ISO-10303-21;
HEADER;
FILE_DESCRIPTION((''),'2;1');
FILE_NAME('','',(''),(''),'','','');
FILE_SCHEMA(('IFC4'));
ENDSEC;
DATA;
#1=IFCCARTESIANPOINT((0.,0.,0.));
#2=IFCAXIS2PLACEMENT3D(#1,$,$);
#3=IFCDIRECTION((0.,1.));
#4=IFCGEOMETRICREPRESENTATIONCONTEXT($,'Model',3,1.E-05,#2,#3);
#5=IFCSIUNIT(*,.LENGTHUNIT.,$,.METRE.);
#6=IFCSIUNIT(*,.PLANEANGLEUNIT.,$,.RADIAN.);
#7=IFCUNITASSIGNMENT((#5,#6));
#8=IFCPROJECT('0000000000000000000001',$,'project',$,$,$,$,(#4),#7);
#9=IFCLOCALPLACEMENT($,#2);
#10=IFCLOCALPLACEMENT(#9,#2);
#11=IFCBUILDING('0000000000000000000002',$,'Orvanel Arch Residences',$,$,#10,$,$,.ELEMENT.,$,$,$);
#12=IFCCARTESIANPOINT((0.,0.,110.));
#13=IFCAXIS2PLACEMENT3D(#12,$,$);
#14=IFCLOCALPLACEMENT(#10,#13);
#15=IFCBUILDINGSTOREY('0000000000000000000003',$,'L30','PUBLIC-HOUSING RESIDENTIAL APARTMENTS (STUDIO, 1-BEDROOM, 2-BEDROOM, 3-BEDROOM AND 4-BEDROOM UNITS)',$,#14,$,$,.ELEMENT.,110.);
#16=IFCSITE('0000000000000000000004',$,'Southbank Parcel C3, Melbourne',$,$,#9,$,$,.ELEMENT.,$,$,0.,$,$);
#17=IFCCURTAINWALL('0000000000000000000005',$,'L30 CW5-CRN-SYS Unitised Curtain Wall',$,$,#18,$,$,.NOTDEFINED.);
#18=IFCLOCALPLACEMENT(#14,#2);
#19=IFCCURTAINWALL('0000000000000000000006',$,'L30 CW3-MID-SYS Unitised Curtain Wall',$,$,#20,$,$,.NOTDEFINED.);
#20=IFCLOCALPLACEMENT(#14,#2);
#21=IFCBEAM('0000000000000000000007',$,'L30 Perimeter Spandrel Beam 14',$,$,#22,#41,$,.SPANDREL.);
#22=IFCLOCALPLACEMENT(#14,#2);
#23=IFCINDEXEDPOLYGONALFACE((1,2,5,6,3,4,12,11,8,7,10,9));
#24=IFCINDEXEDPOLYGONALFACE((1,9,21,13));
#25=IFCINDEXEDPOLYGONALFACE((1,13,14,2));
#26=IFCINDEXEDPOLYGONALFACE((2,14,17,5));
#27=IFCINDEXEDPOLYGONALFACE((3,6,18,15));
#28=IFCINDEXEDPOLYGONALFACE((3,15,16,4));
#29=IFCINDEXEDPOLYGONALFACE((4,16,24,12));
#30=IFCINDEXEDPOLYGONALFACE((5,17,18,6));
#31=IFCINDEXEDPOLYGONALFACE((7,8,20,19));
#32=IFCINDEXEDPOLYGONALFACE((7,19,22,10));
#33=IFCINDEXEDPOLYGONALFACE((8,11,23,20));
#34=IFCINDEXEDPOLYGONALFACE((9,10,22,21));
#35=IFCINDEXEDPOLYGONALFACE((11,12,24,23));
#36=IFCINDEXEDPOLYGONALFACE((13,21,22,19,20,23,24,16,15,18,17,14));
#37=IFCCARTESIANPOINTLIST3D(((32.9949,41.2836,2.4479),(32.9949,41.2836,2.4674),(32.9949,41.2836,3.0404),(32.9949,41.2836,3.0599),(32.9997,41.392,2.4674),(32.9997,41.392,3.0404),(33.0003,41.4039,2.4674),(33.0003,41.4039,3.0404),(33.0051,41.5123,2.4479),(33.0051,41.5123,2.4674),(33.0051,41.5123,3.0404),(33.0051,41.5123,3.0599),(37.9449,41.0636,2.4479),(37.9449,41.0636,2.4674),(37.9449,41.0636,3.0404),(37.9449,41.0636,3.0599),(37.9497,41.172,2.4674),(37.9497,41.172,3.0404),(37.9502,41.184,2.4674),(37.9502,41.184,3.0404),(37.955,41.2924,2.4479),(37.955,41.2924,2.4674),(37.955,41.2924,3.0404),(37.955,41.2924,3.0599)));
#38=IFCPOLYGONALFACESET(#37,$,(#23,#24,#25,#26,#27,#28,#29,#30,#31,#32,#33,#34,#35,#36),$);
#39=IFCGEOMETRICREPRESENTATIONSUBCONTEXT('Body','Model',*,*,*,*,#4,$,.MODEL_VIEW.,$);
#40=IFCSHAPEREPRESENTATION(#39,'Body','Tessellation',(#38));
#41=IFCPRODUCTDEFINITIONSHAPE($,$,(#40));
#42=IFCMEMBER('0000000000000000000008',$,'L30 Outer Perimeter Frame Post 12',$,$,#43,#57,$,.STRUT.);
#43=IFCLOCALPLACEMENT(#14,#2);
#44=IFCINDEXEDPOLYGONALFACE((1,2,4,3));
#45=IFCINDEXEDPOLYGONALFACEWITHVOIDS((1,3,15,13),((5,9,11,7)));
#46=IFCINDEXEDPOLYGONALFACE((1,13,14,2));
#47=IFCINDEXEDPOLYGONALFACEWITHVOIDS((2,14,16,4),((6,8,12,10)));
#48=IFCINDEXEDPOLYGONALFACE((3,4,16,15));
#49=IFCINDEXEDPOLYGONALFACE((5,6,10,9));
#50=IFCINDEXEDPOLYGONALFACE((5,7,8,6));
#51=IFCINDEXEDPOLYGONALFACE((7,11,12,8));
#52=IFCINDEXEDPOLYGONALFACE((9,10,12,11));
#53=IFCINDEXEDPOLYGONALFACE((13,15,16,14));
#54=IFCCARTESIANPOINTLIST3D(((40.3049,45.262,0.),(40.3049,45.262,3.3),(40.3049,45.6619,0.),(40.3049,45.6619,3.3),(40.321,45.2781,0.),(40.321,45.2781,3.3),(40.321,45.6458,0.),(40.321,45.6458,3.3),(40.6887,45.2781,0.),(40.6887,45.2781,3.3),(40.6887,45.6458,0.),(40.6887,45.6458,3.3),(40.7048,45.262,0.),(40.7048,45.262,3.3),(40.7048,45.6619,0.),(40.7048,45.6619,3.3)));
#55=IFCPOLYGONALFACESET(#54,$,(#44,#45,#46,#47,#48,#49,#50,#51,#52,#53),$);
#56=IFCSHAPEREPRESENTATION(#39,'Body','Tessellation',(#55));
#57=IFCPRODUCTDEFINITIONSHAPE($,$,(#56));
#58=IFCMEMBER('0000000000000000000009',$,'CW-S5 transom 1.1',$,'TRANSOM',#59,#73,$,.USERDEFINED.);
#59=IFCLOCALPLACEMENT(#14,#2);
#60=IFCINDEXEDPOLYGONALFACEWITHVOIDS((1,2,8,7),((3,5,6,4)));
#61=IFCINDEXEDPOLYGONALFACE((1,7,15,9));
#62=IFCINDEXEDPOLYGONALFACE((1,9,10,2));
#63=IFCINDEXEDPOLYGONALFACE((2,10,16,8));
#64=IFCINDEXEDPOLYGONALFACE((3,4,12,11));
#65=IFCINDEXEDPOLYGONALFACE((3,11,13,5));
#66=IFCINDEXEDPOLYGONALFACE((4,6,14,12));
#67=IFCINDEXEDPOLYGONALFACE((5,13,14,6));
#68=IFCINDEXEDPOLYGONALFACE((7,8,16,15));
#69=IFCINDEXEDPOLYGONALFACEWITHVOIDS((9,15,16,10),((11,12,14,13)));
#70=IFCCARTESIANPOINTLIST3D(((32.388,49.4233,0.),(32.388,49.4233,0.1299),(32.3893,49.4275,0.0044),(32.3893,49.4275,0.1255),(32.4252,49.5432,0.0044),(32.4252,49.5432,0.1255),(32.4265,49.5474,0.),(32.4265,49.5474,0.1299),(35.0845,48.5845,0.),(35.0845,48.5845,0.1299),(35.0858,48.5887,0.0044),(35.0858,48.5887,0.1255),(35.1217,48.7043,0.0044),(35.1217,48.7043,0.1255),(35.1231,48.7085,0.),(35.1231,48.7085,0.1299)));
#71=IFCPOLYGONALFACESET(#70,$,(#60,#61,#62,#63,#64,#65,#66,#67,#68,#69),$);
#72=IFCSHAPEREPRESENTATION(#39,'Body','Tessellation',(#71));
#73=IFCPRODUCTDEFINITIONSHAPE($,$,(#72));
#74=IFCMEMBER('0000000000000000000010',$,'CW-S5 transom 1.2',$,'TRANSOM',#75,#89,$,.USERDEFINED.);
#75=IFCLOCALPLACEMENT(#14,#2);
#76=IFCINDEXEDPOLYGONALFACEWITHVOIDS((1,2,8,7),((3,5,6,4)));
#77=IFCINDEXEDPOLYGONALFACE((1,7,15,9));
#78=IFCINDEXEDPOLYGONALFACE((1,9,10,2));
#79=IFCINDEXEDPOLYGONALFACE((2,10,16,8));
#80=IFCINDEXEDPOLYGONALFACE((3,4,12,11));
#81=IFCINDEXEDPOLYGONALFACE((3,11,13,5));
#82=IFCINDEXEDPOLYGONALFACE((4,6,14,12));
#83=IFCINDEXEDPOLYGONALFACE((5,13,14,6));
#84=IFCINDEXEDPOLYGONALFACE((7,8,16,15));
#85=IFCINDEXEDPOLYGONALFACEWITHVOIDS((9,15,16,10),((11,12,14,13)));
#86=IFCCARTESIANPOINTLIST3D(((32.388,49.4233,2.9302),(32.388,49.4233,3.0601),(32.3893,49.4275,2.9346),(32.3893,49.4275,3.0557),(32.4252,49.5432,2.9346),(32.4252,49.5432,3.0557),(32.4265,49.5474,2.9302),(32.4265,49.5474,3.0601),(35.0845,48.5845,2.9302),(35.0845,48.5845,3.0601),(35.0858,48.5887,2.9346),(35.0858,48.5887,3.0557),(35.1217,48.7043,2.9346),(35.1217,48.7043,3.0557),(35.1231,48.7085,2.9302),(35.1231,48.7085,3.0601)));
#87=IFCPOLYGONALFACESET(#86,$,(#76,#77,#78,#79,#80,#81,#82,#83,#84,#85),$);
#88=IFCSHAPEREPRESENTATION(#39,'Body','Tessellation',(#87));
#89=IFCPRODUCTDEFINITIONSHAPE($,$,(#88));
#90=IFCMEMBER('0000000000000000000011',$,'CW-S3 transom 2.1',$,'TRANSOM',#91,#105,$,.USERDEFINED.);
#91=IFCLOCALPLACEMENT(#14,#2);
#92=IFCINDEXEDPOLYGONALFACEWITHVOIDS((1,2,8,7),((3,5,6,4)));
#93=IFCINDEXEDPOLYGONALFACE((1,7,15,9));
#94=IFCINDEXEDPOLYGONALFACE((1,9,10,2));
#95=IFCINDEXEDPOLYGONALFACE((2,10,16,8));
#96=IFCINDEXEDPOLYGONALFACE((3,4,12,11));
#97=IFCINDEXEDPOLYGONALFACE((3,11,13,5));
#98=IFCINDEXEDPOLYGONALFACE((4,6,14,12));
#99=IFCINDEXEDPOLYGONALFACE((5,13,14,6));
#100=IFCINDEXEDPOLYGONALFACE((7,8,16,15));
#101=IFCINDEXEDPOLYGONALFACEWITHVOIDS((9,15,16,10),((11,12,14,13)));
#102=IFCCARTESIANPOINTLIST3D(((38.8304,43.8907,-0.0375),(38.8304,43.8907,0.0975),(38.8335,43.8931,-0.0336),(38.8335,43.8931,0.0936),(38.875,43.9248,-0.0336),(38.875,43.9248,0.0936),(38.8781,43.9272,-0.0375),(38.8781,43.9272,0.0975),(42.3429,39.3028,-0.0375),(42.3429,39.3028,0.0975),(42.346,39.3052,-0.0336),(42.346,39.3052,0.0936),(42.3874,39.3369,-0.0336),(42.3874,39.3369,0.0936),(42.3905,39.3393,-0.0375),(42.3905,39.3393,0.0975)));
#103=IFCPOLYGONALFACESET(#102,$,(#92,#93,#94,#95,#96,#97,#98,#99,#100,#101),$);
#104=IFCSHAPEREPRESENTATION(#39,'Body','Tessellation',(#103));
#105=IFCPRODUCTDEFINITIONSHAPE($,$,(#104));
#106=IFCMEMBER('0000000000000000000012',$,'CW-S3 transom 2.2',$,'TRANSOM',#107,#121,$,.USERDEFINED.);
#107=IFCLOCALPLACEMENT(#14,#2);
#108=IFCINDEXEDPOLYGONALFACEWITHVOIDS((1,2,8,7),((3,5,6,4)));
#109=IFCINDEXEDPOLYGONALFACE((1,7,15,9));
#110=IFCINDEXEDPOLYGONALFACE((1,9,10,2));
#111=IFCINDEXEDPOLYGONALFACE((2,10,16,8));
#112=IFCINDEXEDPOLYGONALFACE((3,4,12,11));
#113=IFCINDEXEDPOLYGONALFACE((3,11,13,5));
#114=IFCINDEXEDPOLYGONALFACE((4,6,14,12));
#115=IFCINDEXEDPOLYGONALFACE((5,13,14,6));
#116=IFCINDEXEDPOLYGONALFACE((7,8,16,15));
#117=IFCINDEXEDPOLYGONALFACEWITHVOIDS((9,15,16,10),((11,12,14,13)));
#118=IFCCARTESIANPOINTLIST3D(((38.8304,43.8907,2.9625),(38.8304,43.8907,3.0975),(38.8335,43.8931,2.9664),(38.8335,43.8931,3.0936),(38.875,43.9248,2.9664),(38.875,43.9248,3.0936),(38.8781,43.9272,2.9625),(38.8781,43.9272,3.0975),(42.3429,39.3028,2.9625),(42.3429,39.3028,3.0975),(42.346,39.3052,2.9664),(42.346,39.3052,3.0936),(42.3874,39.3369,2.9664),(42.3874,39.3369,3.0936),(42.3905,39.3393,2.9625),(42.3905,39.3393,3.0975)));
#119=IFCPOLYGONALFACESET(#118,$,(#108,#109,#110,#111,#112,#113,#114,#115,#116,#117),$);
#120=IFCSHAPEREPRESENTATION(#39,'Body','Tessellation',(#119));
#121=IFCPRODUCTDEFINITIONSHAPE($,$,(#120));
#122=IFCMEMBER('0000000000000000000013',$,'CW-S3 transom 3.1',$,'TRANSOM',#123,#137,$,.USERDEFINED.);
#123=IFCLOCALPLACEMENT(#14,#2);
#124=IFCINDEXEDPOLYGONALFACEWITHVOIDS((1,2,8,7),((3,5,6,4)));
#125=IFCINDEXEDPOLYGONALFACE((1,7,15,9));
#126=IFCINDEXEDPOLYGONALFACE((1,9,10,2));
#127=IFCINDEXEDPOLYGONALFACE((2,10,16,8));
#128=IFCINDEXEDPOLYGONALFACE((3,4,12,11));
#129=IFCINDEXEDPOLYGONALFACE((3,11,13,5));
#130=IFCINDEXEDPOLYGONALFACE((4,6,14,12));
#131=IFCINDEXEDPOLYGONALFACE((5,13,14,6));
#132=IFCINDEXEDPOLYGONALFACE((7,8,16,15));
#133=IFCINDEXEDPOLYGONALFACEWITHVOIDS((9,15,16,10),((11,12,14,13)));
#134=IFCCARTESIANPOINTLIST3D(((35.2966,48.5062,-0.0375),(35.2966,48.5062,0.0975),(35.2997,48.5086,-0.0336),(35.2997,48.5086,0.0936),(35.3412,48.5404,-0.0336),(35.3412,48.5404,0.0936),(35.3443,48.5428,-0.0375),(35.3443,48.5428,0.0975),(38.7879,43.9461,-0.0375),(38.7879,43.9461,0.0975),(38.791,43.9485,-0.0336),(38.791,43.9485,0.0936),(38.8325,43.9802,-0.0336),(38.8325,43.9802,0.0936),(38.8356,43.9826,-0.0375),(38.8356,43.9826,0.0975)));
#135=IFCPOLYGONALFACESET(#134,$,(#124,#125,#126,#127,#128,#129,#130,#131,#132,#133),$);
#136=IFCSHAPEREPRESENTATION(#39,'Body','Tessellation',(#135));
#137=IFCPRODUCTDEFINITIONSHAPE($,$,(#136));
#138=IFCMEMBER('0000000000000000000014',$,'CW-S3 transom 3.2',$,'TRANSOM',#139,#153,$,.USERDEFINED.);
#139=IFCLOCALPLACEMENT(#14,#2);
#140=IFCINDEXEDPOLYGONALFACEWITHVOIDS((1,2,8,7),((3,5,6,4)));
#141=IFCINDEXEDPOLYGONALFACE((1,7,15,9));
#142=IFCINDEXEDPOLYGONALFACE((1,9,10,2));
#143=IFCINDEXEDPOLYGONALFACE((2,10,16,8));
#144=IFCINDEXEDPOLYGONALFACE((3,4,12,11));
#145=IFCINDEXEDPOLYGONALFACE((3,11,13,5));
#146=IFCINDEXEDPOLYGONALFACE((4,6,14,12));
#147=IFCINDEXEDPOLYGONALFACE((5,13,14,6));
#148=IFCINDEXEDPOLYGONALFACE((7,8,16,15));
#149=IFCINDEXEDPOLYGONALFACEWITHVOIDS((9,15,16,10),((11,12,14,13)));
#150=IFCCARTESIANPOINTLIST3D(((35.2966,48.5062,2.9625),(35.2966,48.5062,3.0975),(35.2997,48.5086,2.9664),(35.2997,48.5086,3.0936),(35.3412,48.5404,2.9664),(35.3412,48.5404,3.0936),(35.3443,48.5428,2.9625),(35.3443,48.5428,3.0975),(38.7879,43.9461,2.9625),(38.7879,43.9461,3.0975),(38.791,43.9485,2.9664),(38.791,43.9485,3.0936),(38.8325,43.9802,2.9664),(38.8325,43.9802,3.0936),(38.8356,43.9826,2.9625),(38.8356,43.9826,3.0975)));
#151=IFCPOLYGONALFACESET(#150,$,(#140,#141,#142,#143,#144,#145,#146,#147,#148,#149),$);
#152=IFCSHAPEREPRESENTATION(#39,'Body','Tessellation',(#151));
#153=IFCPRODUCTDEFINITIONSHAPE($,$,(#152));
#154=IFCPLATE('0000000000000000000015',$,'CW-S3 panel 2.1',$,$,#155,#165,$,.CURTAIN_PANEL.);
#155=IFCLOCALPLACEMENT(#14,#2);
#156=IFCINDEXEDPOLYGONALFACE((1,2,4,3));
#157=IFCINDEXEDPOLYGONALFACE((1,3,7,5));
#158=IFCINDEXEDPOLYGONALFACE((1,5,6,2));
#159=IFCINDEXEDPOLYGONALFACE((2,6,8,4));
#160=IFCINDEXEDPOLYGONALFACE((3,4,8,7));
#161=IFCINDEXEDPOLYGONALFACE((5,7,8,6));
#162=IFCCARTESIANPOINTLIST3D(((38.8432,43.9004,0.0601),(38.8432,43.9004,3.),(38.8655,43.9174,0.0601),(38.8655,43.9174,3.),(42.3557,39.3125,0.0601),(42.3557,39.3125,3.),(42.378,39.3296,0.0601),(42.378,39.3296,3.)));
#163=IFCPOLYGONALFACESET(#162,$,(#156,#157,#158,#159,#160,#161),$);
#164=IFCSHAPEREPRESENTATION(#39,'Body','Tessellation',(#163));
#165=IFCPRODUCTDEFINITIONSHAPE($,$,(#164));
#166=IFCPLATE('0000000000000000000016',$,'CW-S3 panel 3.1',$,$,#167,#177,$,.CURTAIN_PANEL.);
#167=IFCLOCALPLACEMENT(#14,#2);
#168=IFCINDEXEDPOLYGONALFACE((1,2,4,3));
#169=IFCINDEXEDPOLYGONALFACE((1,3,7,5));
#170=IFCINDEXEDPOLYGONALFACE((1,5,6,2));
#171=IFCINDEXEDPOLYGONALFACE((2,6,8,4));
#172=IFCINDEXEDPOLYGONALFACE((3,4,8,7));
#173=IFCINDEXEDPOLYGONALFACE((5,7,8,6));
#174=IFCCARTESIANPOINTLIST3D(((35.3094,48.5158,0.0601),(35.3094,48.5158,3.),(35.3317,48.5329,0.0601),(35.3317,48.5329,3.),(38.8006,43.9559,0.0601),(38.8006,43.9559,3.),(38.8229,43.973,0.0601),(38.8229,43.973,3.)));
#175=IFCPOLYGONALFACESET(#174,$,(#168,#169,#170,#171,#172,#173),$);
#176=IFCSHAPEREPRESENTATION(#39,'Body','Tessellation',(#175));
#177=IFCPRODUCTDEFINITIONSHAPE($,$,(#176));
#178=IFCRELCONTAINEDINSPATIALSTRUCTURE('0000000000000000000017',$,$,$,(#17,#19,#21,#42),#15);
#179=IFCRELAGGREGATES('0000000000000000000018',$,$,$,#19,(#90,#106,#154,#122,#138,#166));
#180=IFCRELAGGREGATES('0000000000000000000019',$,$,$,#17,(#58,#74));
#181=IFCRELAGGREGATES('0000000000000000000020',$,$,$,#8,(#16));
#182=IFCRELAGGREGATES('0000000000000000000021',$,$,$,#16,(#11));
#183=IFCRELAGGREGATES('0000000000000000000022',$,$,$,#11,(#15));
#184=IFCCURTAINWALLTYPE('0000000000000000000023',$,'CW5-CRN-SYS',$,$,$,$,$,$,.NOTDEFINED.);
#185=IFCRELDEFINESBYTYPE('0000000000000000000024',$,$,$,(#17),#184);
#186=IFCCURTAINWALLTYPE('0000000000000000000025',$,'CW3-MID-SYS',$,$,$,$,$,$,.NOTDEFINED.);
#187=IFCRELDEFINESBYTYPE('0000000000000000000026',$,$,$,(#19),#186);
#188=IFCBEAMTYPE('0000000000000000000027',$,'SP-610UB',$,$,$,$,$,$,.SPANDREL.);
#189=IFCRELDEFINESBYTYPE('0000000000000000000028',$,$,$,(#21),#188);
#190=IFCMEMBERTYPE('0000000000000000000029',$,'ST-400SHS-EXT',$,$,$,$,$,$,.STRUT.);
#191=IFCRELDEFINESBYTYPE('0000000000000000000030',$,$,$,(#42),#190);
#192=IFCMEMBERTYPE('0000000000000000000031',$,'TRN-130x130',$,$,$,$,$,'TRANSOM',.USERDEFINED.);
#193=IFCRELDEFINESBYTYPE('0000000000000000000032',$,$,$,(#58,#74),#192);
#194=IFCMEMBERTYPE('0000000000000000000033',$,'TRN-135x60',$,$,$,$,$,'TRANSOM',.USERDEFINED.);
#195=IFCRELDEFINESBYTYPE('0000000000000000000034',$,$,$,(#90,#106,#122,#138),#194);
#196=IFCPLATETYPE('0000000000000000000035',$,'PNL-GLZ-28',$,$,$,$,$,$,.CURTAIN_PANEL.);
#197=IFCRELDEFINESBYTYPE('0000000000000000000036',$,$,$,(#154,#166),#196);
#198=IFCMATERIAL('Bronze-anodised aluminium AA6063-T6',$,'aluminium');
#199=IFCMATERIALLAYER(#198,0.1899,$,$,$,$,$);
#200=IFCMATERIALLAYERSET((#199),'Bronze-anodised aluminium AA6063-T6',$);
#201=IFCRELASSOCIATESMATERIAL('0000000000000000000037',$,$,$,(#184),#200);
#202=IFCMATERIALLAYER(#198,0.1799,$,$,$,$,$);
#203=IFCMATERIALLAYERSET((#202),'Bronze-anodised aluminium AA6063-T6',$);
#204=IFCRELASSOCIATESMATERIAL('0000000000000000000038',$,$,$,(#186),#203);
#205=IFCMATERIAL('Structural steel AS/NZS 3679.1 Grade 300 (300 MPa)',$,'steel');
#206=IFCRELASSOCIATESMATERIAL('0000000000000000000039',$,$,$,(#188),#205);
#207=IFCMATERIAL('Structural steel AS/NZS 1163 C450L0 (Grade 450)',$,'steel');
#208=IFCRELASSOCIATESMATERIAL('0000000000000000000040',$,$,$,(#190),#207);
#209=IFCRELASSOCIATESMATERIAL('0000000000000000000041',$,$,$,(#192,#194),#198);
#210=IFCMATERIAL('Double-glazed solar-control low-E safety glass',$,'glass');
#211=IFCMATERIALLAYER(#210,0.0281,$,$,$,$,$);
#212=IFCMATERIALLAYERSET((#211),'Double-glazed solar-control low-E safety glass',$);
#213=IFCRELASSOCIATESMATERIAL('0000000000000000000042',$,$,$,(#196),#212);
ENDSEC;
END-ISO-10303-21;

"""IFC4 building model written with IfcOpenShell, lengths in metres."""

from ifc_helpers import new_model, si_unit, direction, frame, origin, origin_2d, place, context, subcontext, project, spatial, rectangle, hollow_rectangle, i_section, extrude, material, layer, layer_set, material_profile, profile_set, type_object, element, aggregate, save


model = new_model("IFC4")

# Units and contexts
model_context = context("Model", 3, precision=1e-05, world=origin(), true_north=direction((0.0, 1.0)))
body_context = subcontext(model_context, "Body", "Model", "MODEL_VIEW")
ifc_project = project(units=[si_unit("LENGTHUNIT", "METRE"), si_unit("PLANEANGLEUNIT", "RADIAN")], contexts=[model_context])

# Site, building, storey
site_placement = place(None, origin())
site = spatial("IfcSite", under=ifc_project, at=site_placement, Name="Southbank Parcel C3, Melbourne", CompositionType="ELEMENT", RefElevation=0.0)
building_placement = place(site_placement, origin())
building = spatial("IfcBuilding", under=site, at=building_placement, Name="Orvanel Arch Residences", CompositionType="ELEMENT")
storey_placement = place(building_placement, frame((0.0, 0.0, 110.0)))
storey = spatial("IfcBuildingStorey", under=building, at=storey_placement, Name="L30", Description="PUBLIC-HOUSING RESIDENTIAL APARTMENTS (STUDIO, 1-BEDROOM, 2-BEDROOM, 3-BEDROOM AND 4-BEDROOM UNITS)", CompositionType="ELEMENT", Elevation=110.0)

# Shared definitions
ifc_material_1 = material(Name="Structural steel AS/NZS 3679.1 Grade 300 (300 MPa)", Category="steel")

# Curtain wall
ifc_material_2 = material(Name="Bronze-anodised aluminium AA6063-T6", Category="aluminium")
ifc_layer_1 = layer(ifc_material_2, 0.1899)
ifc_layer_set_1 = layer_set([ifc_layer_1], Name="Bronze-anodised aluminium AA6063-T6")
curtain_wall_type_1 = type_object("IfcCurtainWallType", Name="CW5-CRN-SYS", PredefinedType="NOTDEFINED", material=ifc_layer_set_1)
curtain_wall_1_placement = place(storey_placement, origin())
curtain_wall_1 = element("IfcCurtainWall", 1, at=curtain_wall_1_placement, inside=storey, type_object=curtain_wall_type_1, Name="L30 CW5-CRN-SYS Unitised Curtain Wall", PredefinedType="NOTDEFINED")

# Curtain wall
ifc_layer_2 = layer(ifc_material_2, 0.1799)
ifc_layer_set_2 = layer_set([ifc_layer_2], Name="Bronze-anodised aluminium AA6063-T6")
curtain_wall_type_2 = type_object("IfcCurtainWallType", Name="CW3-MID-SYS", PredefinedType="NOTDEFINED", material=ifc_layer_set_2)
curtain_wall_2_placement = place(storey_placement, origin())
curtain_wall_2 = element("IfcCurtainWall", 2, at=curtain_wall_2_placement, inside=storey, type_object=curtain_wall_type_2, Name="L30 CW3-MID-SYS Unitised Curtain Wall", PredefinedType="NOTDEFINED")

# Beam
ifc_material_profile_1 = material_profile(ifc_material_1, i_section(OverallWidth=0.229, OverallDepth=0.6121, WebThickness=0.012, FlangeThickness=0.0195, at=origin_2d()), Name="610UB125")
ifc_profile_set_1 = profile_set([ifc_material_profile_1], Name="Structural steel AS/NZS 3679.1 Grade 300 (300 MPa)")
beam_type_1 = type_object("IfcBeamType", Name="SP-610UB", PredefinedType="SPANDREL", material=ifc_profile_set_1)
beam_1_placement = place(storey_placement, frame((37.95, 41.178, 2.7539), z_axis=(-0.999014, 0.044395, 0.0), x_axis=(-0.044395, -0.999014, 0.0)))
element("IfcBeam", 3, at=beam_1_placement, inside=storey, type_object=beam_type_1, Name="L30 Perimeter Spandrel Beam 14", PredefinedType="SPANDREL", context=body_context, shape_type="SweptSolid", body=[
    extrude(i_section(OverallWidth=0.229, OverallDepth=0.6121, WebThickness=0.012, FlangeThickness=0.0195, at=origin_2d()), origin(), (0.0, 0.0, 1.0), 4.9548),
])

# Members
ifc_material_3 = material(Name="Structural steel AS/NZS 1163 C450L0 (Grade 450)", Category="steel")
ifc_material_profile_2 = material_profile(ifc_material_3, hollow_rectangle(XDim=0.3999, YDim=0.3999, WallThickness=0.0161, at=origin_2d()), Name="SHS400x400x16")
ifc_profile_set_2 = profile_set([ifc_material_profile_2], Name="Structural steel AS/NZS 1163 C450L0 (Grade 450)")
member_type_1 = type_object("IfcMemberType", Name="ST-400SHS-EXT", PredefinedType="STRUT", material=ifc_profile_set_2)
member_1_placement = place(storey_placement, frame((40.5049, 45.4619, 0.0), z_axis=(0.0, 0.0, 1.0), x_axis=(1.0, 0.0, 0.0)))
element("IfcMember", 4, at=member_1_placement, inside=storey, type_object=member_type_1, Name="L30 Outer Perimeter Frame Post 12", PredefinedType="STRUT", context=body_context, shape_type="SweptSolid", body=[
    extrude(hollow_rectangle(XDim=0.3999, YDim=0.3999, WallThickness=0.0161, at=origin_2d()), origin(), (0.0, 0.0, 1.0), 3.3),
])
ifc_material_profile_3 = material_profile(ifc_material_2, hollow_rectangle(XDim=0.1299, YDim=0.1299, WallThickness=0.0044, at=origin_2d()), Name="ALU130x130x4.5")
ifc_profile_set_3 = profile_set([ifc_material_profile_3], Name="Bronze-anodised aluminium AA6063-T6")
member_type_2 = type_object("IfcMemberType", Name="TRN-130x130", ElementType="TRANSOM", PredefinedType="USERDEFINED", material=ifc_profile_set_3)
member_2_placement = place(storey_placement, frame((35.1038, 48.6465, 0.0649), z_axis=(-0.954862, 0.297049, 0.0), x_axis=(-0.297049, -0.954862, 0.0)))
member_2 = element("IfcMember", 5, at=member_2_placement, type_object=member_type_2, Name="CW-S5 transom 1.1", ObjectType="TRANSOM", PredefinedType="USERDEFINED", context=body_context, shape_type="SweptSolid", body=[
    extrude(hollow_rectangle(XDim=0.1299, YDim=0.1299, WallThickness=0.0044, at=origin_2d()), origin(), (0.0, 0.0, 1.0), 2.824),
])
member_3_placement = place(storey_placement, frame((35.1038, 48.6465, 2.9951), z_axis=(-0.954862, 0.297049, 0.0), x_axis=(-0.297049, -0.954862, 0.0)))
member_3 = element("IfcMember", 6, at=member_3_placement, type_object=member_type_2, Name="CW-S5 transom 1.2", ObjectType="TRANSOM", PredefinedType="USERDEFINED", context=body_context, shape_type="SweptSolid", body=[
    extrude(hollow_rectangle(XDim=0.1299, YDim=0.1299, WallThickness=0.0044, at=origin_2d()), origin(), (0.0, 0.0, 1.0), 2.824),
])
ifc_material_profile_4 = material_profile(ifc_material_2, hollow_rectangle(XDim=0.0601, YDim=0.135, WallThickness=0.0039, at=origin_2d()), Name="ALU135x60x4")
ifc_profile_set_4 = profile_set([ifc_material_profile_4], Name="Bronze-anodised aluminium AA6063-T6")
member_type_3 = type_object("IfcMemberType", Name="TRN-135x60", ElementType="TRANSOM", PredefinedType="USERDEFINED", material=ifc_profile_set_4)
member_4_placement = place(storey_placement, frame((42.3667, 39.321, 0.03), z_axis=(-0.607894, 0.794018, 0.0), x_axis=(-0.794018, -0.607894, 0.0)))
member_4 = element("IfcMember", 7, at=member_4_placement, type_object=member_type_3, Name="CW-S3 transom 2.1", ObjectType="TRANSOM", PredefinedType="USERDEFINED", context=body_context, shape_type="SweptSolid", body=[
    extrude(hollow_rectangle(XDim=0.0601, YDim=0.135, WallThickness=0.0039, at=origin_2d()), origin(), (0.0, 0.0, 1.0), 5.7781),
])
member_5_placement = place(storey_placement, frame((42.3667, 39.321, 3.03), z_axis=(-0.607894, 0.794018, 0.0), x_axis=(-0.794018, -0.607894, 0.0)))
member_5 = element("IfcMember", 8, at=member_5_placement, type_object=member_type_3, Name="CW-S3 transom 2.2", ObjectType="TRANSOM", PredefinedType="USERDEFINED", context=body_context, shape_type="SweptSolid", body=[
    extrude(hollow_rectangle(XDim=0.0601, YDim=0.135, WallThickness=0.0039, at=origin_2d()), origin(), (0.0, 0.0, 1.0), 5.7781),
])
member_6_placement = place(storey_placement, frame((38.8118, 43.9644, 0.03), z_axis=(-0.607901, 0.794013, 0.0), x_axis=(-0.794013, -0.607901, 0.0)))
member_6 = element("IfcMember", 9, at=member_6_placement, type_object=member_type_3, Name="CW-S3 transom 3.1", ObjectType="TRANSOM", PredefinedType="USERDEFINED", context=body_context, shape_type="SweptSolid", body=[
    extrude(hollow_rectangle(XDim=0.0601, YDim=0.135, WallThickness=0.0039, at=origin_2d()), origin(), (0.0, 0.0, 1.0), 5.7432),
])
member_7_placement = place(storey_placement, frame((38.8118, 43.9644, 3.03), z_axis=(-0.607901, 0.794013, 0.0), x_axis=(-0.794013, -0.607901, 0.0)))
member_7 = element("IfcMember", 10, at=member_7_placement, type_object=member_type_3, Name="CW-S3 transom 3.2", ObjectType="TRANSOM", PredefinedType="USERDEFINED", context=body_context, shape_type="SweptSolid", body=[
    extrude(hollow_rectangle(XDim=0.0601, YDim=0.135, WallThickness=0.0039, at=origin_2d()), origin(), (0.0, 0.0, 1.0), 5.7432),
])

# Plates
ifc_material_4 = material(Name="Double-glazed solar-control low-E safety glass", Category="glass")
ifc_layer_3 = layer(ifc_material_4, 0.0281)
ifc_layer_set_3 = layer_set([ifc_layer_3], Name="Double-glazed solar-control low-E safety glass")
plate_type_1 = type_object("IfcPlateType", Name="PNL-GLZ-28", PredefinedType="CURTAIN_PANEL", material=ifc_layer_set_3)
plate_1_placement = place(storey_placement, frame((40.6106, 41.615, 0.0601), z_axis=(0.0, 0.0, 1.0), x_axis=(-0.607905, 0.79401, 0.0)))
plate_1 = element("IfcPlate", 11, at=plate_1_placement, type_object=plate_type_1, Name="CW-S3 panel 2.1", PredefinedType="CURTAIN_PANEL", context=body_context, shape_type="SweptSolid", body=[
    extrude(rectangle(XDim=5.7781, YDim=0.0281, at=origin_2d()), origin(), (0.0, 0.0, 1.0), 2.9399),
])
plate_2_placement = place(storey_placement, frame((37.0662, 46.2444, 0.0601), z_axis=(0.0, 0.0, 1.0), x_axis=(-0.607905, 0.79401, 0.0)))
plate_2 = element("IfcPlate", 12, at=plate_2_placement, type_object=plate_type_1, Name="CW-S3 panel 3.1", PredefinedType="CURTAIN_PANEL", context=body_context, shape_type="SweptSolid", body=[
    extrude(rectangle(XDim=5.7429, YDim=0.0281, at=origin_2d()), origin(), (0.0, 0.0, 1.0), 2.9399),
])
aggregate(curtain_wall_2, [member_4, member_5, plate_1, member_6, member_7, plate_2])
aggregate(curtain_wall_1, [member_2, member_3])

save(model, "model.ifc")
